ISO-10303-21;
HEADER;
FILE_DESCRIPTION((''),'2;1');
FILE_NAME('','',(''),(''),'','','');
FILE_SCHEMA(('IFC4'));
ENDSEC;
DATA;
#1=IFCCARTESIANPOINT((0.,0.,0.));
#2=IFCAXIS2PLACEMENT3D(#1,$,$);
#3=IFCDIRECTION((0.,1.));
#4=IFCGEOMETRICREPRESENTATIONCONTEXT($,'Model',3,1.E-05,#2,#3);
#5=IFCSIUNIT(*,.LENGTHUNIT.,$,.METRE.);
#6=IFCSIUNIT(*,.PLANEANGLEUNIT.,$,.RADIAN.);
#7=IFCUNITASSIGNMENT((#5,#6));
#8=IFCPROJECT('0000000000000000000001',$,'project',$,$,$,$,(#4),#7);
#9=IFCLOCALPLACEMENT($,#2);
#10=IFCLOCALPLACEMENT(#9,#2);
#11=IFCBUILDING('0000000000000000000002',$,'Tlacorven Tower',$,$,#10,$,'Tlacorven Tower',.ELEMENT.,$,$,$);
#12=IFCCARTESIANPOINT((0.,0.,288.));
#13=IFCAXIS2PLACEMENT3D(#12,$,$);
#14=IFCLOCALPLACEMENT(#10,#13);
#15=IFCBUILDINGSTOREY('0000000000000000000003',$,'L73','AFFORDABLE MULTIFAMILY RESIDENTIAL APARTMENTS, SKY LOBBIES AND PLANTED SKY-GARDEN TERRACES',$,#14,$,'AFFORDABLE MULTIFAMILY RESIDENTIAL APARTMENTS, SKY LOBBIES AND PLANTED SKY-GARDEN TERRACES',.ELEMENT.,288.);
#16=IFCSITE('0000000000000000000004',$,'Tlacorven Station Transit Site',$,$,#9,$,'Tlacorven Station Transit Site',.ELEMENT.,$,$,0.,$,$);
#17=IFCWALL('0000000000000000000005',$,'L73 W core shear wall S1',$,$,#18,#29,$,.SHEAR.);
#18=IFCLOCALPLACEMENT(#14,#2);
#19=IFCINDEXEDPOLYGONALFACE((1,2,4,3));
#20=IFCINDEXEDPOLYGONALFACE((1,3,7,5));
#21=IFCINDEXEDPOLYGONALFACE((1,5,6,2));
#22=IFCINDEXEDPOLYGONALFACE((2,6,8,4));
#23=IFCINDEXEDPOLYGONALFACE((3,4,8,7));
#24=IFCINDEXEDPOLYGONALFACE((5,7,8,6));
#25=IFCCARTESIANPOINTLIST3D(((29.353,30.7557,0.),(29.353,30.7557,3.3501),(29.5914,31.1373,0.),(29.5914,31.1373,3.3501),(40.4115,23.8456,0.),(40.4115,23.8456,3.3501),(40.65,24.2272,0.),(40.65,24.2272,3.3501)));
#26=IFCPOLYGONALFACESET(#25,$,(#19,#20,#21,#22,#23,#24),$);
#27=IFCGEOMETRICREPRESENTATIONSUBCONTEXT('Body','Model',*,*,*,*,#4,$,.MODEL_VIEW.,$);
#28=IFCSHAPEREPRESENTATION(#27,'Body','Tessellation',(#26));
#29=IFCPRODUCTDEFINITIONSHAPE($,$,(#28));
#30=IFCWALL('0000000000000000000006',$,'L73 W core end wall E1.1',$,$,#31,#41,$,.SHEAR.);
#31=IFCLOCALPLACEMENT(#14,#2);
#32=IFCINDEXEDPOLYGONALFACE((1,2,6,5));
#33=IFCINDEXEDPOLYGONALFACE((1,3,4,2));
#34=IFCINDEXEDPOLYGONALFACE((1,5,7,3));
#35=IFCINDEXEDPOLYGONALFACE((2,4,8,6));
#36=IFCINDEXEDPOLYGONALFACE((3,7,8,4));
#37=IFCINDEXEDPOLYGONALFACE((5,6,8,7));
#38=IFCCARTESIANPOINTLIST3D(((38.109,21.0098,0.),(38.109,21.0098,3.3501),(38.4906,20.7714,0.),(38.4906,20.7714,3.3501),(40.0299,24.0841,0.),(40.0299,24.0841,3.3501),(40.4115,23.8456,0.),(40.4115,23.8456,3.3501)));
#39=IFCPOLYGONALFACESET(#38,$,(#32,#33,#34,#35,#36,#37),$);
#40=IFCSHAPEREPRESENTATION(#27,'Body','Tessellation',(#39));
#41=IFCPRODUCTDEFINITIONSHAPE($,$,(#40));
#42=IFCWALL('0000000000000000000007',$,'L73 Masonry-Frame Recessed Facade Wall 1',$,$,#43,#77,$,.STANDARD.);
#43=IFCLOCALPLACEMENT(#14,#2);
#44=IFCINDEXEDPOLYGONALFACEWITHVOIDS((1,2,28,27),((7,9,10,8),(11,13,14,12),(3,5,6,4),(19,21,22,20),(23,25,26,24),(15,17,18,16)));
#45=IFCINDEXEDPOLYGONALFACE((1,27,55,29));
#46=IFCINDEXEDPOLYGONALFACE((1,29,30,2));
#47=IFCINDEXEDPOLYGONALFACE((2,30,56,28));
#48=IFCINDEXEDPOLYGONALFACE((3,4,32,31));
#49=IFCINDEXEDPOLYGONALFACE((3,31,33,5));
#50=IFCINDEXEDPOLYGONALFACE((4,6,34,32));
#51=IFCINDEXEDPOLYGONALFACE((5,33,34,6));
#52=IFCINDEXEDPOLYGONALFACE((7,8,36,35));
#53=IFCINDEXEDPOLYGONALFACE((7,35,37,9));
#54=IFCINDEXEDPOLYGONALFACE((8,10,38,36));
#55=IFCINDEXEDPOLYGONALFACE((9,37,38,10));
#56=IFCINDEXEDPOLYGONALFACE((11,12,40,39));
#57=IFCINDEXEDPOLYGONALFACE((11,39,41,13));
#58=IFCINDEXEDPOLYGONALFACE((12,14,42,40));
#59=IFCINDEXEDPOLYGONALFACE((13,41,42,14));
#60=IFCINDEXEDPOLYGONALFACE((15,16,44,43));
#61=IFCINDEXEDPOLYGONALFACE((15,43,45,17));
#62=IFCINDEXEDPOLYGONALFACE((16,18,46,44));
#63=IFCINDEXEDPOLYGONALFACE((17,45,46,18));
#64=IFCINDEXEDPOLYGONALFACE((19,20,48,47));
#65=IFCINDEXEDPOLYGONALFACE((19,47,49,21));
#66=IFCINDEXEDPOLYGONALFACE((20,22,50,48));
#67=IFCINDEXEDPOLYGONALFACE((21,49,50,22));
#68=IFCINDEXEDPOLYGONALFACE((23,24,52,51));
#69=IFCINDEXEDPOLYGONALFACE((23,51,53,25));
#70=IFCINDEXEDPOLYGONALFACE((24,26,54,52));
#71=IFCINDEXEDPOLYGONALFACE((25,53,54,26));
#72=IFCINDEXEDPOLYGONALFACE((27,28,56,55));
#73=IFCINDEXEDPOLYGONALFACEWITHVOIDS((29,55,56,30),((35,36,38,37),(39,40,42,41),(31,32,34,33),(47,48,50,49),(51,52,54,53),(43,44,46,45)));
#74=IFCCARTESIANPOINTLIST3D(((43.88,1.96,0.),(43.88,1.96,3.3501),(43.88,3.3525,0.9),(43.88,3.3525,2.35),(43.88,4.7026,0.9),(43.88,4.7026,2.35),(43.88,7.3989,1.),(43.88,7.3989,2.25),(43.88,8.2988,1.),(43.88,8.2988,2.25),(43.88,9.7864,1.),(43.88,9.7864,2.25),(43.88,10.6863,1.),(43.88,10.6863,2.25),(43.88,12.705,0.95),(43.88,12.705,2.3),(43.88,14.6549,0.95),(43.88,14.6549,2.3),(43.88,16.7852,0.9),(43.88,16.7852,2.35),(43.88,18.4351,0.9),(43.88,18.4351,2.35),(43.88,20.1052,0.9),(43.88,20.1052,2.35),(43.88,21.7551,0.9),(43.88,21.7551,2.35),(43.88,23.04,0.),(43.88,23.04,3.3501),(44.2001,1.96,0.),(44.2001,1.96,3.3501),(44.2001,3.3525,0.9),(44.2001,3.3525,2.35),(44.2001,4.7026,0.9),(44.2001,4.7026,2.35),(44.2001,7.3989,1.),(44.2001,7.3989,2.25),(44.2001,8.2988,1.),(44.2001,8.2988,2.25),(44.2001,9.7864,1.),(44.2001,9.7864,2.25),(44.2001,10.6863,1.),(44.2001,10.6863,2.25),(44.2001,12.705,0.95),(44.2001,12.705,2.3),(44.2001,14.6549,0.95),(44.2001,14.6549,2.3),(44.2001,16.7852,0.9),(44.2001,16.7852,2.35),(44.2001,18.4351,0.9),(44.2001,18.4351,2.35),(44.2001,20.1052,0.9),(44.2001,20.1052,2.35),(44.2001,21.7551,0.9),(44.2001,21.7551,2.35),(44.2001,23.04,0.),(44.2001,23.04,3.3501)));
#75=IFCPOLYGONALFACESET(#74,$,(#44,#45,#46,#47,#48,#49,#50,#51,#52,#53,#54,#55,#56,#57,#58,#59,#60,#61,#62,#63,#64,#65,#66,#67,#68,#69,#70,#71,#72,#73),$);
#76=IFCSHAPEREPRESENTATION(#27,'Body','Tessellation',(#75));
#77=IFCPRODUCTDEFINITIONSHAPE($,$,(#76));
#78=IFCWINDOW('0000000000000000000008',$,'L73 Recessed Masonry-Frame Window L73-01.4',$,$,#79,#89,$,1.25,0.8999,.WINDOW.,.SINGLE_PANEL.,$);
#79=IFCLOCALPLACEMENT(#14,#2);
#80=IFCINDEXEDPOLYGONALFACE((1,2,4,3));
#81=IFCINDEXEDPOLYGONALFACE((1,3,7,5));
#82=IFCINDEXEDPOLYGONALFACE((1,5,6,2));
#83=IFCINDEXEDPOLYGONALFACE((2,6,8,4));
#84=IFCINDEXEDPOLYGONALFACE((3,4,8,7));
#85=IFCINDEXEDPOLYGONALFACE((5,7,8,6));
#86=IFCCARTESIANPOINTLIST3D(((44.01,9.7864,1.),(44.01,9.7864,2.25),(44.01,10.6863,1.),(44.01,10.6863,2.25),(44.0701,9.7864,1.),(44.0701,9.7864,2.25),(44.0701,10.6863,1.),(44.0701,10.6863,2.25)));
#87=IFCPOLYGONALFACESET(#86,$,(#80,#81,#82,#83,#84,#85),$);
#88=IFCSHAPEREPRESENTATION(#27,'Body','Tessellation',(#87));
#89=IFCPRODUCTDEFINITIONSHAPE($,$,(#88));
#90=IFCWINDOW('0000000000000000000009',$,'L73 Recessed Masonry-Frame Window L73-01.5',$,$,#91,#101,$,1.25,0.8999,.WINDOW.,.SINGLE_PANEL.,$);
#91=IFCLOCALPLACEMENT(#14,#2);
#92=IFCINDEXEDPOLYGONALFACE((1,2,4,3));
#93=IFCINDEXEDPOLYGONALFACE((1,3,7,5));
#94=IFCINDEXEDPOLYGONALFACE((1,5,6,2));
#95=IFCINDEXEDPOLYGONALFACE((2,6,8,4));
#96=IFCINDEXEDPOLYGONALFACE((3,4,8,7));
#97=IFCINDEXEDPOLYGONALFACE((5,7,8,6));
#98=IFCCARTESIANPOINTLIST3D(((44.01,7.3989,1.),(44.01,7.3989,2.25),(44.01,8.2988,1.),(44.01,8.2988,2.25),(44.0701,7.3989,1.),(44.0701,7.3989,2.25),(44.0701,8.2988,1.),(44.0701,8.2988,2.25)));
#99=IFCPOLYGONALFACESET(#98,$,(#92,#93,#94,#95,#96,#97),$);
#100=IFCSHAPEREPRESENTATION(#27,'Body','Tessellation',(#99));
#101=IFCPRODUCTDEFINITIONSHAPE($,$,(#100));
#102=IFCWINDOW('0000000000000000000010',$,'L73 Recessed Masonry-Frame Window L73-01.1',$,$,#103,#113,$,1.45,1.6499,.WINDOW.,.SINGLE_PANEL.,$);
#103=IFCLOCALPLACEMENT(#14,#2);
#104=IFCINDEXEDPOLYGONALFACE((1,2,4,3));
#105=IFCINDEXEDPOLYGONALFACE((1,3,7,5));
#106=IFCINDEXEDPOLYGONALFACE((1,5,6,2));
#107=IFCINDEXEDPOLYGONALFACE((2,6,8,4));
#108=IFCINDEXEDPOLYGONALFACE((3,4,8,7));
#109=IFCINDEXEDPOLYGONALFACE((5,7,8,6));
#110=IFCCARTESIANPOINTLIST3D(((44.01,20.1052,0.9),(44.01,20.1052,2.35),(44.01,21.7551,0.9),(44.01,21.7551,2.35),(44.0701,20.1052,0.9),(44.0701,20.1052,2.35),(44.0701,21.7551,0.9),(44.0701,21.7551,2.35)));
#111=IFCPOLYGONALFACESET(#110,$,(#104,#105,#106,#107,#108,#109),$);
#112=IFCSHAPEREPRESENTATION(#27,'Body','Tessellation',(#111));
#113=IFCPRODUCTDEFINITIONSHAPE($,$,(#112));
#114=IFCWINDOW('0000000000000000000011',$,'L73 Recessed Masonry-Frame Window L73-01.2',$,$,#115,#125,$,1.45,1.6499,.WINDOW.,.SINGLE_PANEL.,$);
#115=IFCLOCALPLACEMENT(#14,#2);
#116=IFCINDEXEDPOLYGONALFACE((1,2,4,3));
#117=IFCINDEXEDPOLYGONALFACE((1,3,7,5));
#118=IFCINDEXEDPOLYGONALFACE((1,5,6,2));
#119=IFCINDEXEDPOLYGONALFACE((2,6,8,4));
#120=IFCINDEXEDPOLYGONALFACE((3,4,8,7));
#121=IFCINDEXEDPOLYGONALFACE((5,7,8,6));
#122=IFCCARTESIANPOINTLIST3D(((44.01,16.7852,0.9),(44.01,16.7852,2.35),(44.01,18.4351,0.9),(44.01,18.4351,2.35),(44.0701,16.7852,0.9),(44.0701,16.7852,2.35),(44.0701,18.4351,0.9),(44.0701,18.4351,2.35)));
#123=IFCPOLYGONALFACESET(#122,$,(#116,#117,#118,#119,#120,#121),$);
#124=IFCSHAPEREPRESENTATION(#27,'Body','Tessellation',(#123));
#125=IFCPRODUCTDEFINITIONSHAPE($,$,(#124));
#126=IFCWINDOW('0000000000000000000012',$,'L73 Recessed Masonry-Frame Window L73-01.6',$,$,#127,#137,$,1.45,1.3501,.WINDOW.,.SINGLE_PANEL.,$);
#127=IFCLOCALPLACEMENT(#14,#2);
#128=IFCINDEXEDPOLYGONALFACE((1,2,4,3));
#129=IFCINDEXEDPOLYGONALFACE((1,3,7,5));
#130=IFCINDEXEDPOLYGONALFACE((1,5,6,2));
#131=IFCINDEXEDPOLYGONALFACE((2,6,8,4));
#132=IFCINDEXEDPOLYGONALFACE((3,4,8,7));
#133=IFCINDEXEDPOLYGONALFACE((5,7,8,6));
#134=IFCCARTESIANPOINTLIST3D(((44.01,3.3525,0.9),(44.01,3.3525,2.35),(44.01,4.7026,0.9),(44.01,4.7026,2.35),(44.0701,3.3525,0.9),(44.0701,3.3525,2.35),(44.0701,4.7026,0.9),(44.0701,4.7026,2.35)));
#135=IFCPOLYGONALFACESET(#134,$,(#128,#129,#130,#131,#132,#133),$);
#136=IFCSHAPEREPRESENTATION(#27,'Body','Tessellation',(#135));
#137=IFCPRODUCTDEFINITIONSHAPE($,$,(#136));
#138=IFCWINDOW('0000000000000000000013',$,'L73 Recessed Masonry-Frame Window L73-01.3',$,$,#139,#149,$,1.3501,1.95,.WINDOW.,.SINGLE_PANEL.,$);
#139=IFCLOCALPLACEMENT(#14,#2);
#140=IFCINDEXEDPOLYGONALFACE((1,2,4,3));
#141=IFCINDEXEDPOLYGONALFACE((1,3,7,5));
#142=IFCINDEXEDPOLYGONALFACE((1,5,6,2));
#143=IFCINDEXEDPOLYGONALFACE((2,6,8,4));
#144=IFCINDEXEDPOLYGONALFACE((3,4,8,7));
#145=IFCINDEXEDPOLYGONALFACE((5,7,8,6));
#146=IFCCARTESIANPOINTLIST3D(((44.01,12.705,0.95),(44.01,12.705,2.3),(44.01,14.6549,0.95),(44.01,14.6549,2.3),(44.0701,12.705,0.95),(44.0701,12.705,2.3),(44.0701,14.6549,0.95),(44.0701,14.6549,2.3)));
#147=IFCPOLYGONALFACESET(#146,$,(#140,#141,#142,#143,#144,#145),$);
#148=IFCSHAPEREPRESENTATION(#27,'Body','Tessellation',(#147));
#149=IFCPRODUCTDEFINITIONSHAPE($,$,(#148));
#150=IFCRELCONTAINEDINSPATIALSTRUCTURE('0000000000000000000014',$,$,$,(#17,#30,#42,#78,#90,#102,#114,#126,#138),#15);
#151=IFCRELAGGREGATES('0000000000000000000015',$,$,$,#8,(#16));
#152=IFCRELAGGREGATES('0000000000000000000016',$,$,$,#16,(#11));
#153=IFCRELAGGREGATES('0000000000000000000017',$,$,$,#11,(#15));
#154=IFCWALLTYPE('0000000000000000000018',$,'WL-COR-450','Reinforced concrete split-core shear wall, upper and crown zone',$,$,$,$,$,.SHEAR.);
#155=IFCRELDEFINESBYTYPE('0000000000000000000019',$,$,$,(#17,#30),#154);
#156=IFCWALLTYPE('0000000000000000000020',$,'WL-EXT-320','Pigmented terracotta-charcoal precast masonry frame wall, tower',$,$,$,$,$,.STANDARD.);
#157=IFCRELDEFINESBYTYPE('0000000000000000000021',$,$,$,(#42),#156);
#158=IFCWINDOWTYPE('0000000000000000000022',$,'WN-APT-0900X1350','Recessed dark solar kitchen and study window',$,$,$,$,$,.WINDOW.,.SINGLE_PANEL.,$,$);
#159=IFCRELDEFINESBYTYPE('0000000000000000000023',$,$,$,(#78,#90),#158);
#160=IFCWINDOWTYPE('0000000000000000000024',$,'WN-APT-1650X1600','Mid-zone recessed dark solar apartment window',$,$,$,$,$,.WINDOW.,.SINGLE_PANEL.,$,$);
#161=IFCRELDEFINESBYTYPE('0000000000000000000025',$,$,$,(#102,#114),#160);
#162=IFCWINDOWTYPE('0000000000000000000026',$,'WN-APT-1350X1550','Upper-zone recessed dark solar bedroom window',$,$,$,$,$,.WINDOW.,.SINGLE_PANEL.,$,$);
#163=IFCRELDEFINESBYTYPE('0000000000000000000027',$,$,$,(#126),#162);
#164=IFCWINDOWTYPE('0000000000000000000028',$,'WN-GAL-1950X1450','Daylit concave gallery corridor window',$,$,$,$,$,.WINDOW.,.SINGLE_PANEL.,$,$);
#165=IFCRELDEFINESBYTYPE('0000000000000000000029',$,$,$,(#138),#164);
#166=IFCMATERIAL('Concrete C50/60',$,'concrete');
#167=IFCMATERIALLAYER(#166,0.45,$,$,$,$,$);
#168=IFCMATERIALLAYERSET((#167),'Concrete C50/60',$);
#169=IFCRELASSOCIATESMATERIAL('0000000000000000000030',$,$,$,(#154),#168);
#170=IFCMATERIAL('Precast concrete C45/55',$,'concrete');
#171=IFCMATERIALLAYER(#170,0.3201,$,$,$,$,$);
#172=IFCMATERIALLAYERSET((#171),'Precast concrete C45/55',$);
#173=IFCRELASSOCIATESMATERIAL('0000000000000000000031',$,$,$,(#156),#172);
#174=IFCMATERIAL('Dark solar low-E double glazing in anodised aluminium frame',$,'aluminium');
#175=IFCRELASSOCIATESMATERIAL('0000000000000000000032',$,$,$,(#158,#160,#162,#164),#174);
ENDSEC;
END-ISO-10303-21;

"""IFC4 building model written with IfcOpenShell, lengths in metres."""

from ifc_helpers import new_model, si_unit, direction, frame, frame_2d, origin, place, context, subcontext, project, spatial, rectangle, extrude, source, transform, mapped, material, layer, layer_set, type_object, element, fill, save


model = new_model("IFC4")

# Units and contexts
model_context = context("Model", 3, precision=1e-05, world=origin(), true_north=direction((0.0, 1.0)))
body_context = subcontext(model_context, "Body", "Model", "MODEL_VIEW")
ifc_project = project(units=[si_unit("LENGTHUNIT", "METRE"), si_unit("PLANEANGLEUNIT", "RADIAN")], contexts=[model_context])

# Site, building, storey
site_placement = place(None, origin())
site = spatial("IfcSite", under=ifc_project, at=site_placement, Name="Tlacorven Station Transit Site", LongName="Tlacorven Station Transit Site", CompositionType="ELEMENT", RefElevation=0.0)
building_placement = place(site_placement, origin())
building = spatial("IfcBuilding", under=site, at=building_placement, Name="Tlacorven Tower", LongName="Tlacorven Tower", CompositionType="ELEMENT")
storey_placement = place(building_placement, frame((0.0, 0.0, 288.0)))
storey = spatial("IfcBuildingStorey", under=building, at=storey_placement, Name="L73", Description="AFFORDABLE MULTIFAMILY RESIDENTIAL APARTMENTS, SKY LOBBIES AND PLANTED SKY-GARDEN TERRACES", LongName="AFFORDABLE MULTIFAMILY RESIDENTIAL APARTMENTS, SKY LOBBIES AND PLANTED SKY-GARDEN TERRACES", CompositionType="ELEMENT", Elevation=288.0)

# Walls
ifc_material_1 = material(Name="Concrete C50/60", Category="concrete")
ifc_layer_1 = layer(ifc_material_1, 0.45)
ifc_layer_set_1 = layer_set([ifc_layer_1], Name="Concrete C50/60")
wall_type_1 = type_object("IfcWallType", Name="WL-COR-450", Description="Reinforced concrete split-core shear wall, upper and crown zone", PredefinedType="SHEAR", material=ifc_layer_set_1)
wall_1_placement = place(storey_placement, frame((40.5308, 24.0364, 0.0), z_axis=(0.0, 0.0, 1.0), x_axis=(-0.848049, 0.529918, 0.0)))
element("IfcWall", 1, at=wall_1_placement, inside=storey, type_object=wall_type_1, Name="L73 W core shear wall S1", PredefinedType="SHEAR", context=body_context, shape_type="SweptSolid", body=[
    extrude(rectangle(XDim=13.04, YDim=0.45, at=frame_2d((6.52, 0.0))), origin(), (0.0, 0.0, 1.0), 3.3501),
])
wall_2_placement = place(storey_placement, frame((40.2207, 23.9648, 0.0), z_axis=(0.0, 0.0, 1.0), x_axis=(-0.529902, -0.848059, 0.0)))
element("IfcWall", 2, at=wall_2_placement, inside=storey, type_object=wall_type_1, Name="L73 W core end wall E1.1", PredefinedType="SHEAR", context=body_context, shape_type="SweptSolid", body=[
    extrude(rectangle(XDim=3.625, YDim=0.45, at=frame_2d((1.8125, 0.0))), origin(), (0.0, 0.0, 1.0), 3.3501),
])

# Wall, openings, windows
ifc_material_2 = material(Name="Precast concrete C45/55", Category="concrete")
ifc_layer_2 = layer(ifc_material_2, 0.3201)
ifc_layer_set_2 = layer_set([ifc_layer_2], Name="Precast concrete C45/55")
wall_type_2 = type_object("IfcWallType", Name="WL-EXT-320", Description="Pigmented terracotta-charcoal precast masonry frame wall, tower", PredefinedType="STANDARD", material=ifc_layer_set_2)
wall_3_placement = place(storey_placement, frame((44.04, 23.04, 0.0), z_axis=(0.0, 0.0, 1.0), x_axis=(0.0, -1.0, 0.0)))
wall_3 = element("IfcWall", 3, at=wall_3_placement, inside=storey, type_object=wall_type_2, Name="L73 Masonry-Frame Recessed Facade Wall 1", PredefinedType="STANDARD", context=body_context, shape_type="SweptSolid", body=[
    extrude(rectangle(XDim=21.0801, YDim=0.3201, at=frame_2d((10.54, 0.0))), origin(), (0.0, 0.0, 1.0), 3.3501),
])
opening_1_placement = place(wall_3_placement, frame((1.2849, 0.0, 0.8999)))
opening_1 = element("IfcOpeningElement", 4, at=opening_1_placement, cuts=wall_3, PredefinedType="OPENING", context=body_context, shape_type="SweptSolid", body=[
    extrude(rectangle(XDim=1.6499, YDim=1.45, at=frame_2d((0.825, 0.7251))), frame((0.0, 0.1699, 0.0), z_axis=(0.0, -1.0, 0.0), x_axis=(1.0, 0.0, 0.0)), (0.0, 0.0, 1.0), 0.3401),
])
opening_2_placement = place(wall_3_placement, frame((4.605, 0.0, 0.8999)))
opening_2 = element("IfcOpeningElement", 5, at=opening_2_placement, cuts=wall_3, PredefinedType="OPENING", context=body_context, shape_type="SweptSolid", body=[
    extrude(rectangle(XDim=1.6499, YDim=1.45, at=frame_2d((0.825, 0.7251))), frame((0.0, 0.1699, 0.0), z_axis=(0.0, -1.0, 0.0), x_axis=(1.0, 0.0, 0.0)), (0.0, 0.0, 1.0), 0.3401),
])
opening_3_placement = place(wall_3_placement, frame((8.385, 0.0, 0.95)))
opening_3 = element("IfcOpeningElement", 6, at=opening_3_placement, cuts=wall_3, PredefinedType="OPENING", context=body_context, shape_type="SweptSolid", body=[
    extrude(rectangle(XDim=1.95, YDim=1.3501, at=frame_2d((0.9751, 0.675))), frame((0.0, 0.1699, 0.0), z_axis=(0.0, -1.0, 0.0), x_axis=(1.0, 0.0, 0.0)), (0.0, 0.0, 1.0), 0.3401),
])
opening_4_placement = place(wall_3_placement, frame((12.3538, 0.0, 1.0)))
opening_4 = element("IfcOpeningElement", 7, at=opening_4_placement, cuts=wall_3, PredefinedType="OPENING", context=body_context, shape_type="SweptSolid", body=[
    extrude(rectangle(XDim=0.8999, YDim=1.25, at=frame_2d((0.45, 0.625))), frame((0.0, 0.1699, 0.0), z_axis=(0.0, -1.0, 0.0), x_axis=(1.0, 0.0, 0.0)), (0.0, 0.0, 1.0), 0.3401),
])
opening_5_placement = place(wall_3_placement, frame((14.7412, 0.0, 1.0)))
opening_5 = element("IfcOpeningElement", 8, at=opening_5_placement, cuts=wall_3, PredefinedType="OPENING", context=body_context, shape_type="SweptSolid", body=[
    extrude(rectangle(XDim=0.8999, YDim=1.25, at=frame_2d((0.45, 0.625))), frame((0.0, 0.1699, 0.0), z_axis=(0.0, -1.0, 0.0), x_axis=(1.0, 0.0, 0.0)), (0.0, 0.0, 1.0), 0.3401),
])
opening_6_placement = place(wall_3_placement, frame((18.3374, 0.0, 0.8999)))
opening_6 = element("IfcOpeningElement", 9, at=opening_6_placement, cuts=wall_3, PredefinedType="OPENING", context=body_context, shape_type="SweptSolid", body=[
    extrude(rectangle(XDim=1.3501, YDim=1.45, at=frame_2d((0.675, 0.7251))), frame((0.0, 0.1699, 0.0), z_axis=(0.0, -1.0, 0.0), x_axis=(1.0, 0.0, 0.0)), (0.0, 0.0, 1.0), 0.3401),
])
ifc_material_3 = material(Name="Dark solar low-E double glazing in anodised aluminium frame", Category="aluminium")
window_type_1 = type_object("IfcWindowType", Name="WN-APT-0900X1350", Description="Recessed dark solar kitchen and study window", PartitioningType="SINGLE_PANEL", PredefinedType="WINDOW", material=ifc_material_3)
shared_shape_1 = source(origin(), body_context, "Body", "SweptSolid", [
    extrude(rectangle(XDim=0.8999, YDim=1.25, at=frame_2d((0.45, 0.625))), frame((0.0, 0.03, 0.0), z_axis=(0.0, -1.0, 0.0), x_axis=(1.0, 0.0, 0.0)), (0.0, 0.0, 1.0), 0.0601),
])
window_1_placement = place(opening_4_placement, origin())
window_1 = element("IfcWindow", 10, at=window_1_placement, inside=storey, type_object=window_type_1, Name="L73 Recessed Masonry-Frame Window L73-01.4", OverallHeight=1.25, OverallWidth=0.8999, PartitioningType="SINGLE_PANEL", PredefinedType="WINDOW", context=body_context, shape_type="MappedRepresentation", body=[
    mapped(shared_shape_1, transform((0.0, 0.0, 0.0), scale=1.0)),
])
fill(opening_4, window_1)
window_2_placement = place(opening_5_placement, origin())
window_2 = element("IfcWindow", 11, at=window_2_placement, inside=storey, type_object=window_type_1, Name="L73 Recessed Masonry-Frame Window L73-01.5", OverallHeight=1.25, OverallWidth=0.8999, PartitioningType="SINGLE_PANEL", PredefinedType="WINDOW", context=body_context, shape_type="MappedRepresentation", body=[
    mapped(shared_shape_1, transform((0.0, 0.0, 0.0), scale=1.0)),
])
fill(opening_5, window_2)
window_type_2 = type_object("IfcWindowType", Name="WN-APT-1650X1600", Description="Mid-zone recessed dark solar apartment window", PartitioningType="SINGLE_PANEL", PredefinedType="WINDOW", material=ifc_material_3)
shared_shape_2 = source(origin(), body_context, "Body", "SweptSolid", [
    extrude(rectangle(XDim=1.6499, YDim=1.45, at=frame_2d((0.825, 0.7251))), frame((0.0, 0.03, 0.0), z_axis=(0.0, -1.0, 0.0), x_axis=(1.0, 0.0, 0.0)), (0.0, 0.0, 1.0), 0.0601),
])
window_3_placement = place(opening_1_placement, origin())
window_3 = element("IfcWindow", 12, at=window_3_placement, inside=storey, type_object=window_type_2, Name="L73 Recessed Masonry-Frame Window L73-01.1", OverallHeight=1.45, OverallWidth=1.6499, PartitioningType="SINGLE_PANEL", PredefinedType="WINDOW", context=body_context, shape_type="MappedRepresentation", body=[
    mapped(shared_shape_2, transform((0.0, 0.0, 0.0), scale=1.0)),
])
fill(opening_1, window_3)
window_4_placement = place(opening_2_placement, origin())
window_4 = element("IfcWindow", 13, at=window_4_placement, inside=storey, type_object=window_type_2, Name="L73 Recessed Masonry-Frame Window L73-01.2", OverallHeight=1.45, OverallWidth=1.6499, PartitioningType="SINGLE_PANEL", PredefinedType="WINDOW", context=body_context, shape_type="MappedRepresentation", body=[
    mapped(shared_shape_2, transform((0.0, 0.0, 0.0), scale=1.0)),
])
fill(opening_2, window_4)
window_type_3 = type_object("IfcWindowType", Name="WN-APT-1350X1550", Description="Upper-zone recessed dark solar bedroom window", PartitioningType="SINGLE_PANEL", PredefinedType="WINDOW", material=ifc_material_3)
shared_shape_3 = source(origin(), body_context, "Body", "SweptSolid", [
    extrude(rectangle(XDim=1.3501, YDim=1.45, at=frame_2d((0.675, 0.7251))), frame((0.0, 0.03, 0.0), z_axis=(0.0, -1.0, 0.0), x_axis=(1.0, 0.0, 0.0)), (0.0, 0.0, 1.0), 0.0601),
])
window_5_placement = place(opening_6_placement, origin())
window_5 = element("IfcWindow", 14, at=window_5_placement, inside=storey, type_object=window_type_3, Name="L73 Recessed Masonry-Frame Window L73-01.6", OverallHeight=1.45, OverallWidth=1.3501, PartitioningType="SINGLE_PANEL", PredefinedType="WINDOW", context=body_context, shape_type="MappedRepresentation", body=[
    mapped(shared_shape_3, transform((0.0, 0.0, 0.0), scale=1.0)),
])
fill(opening_6, window_5)
window_type_4 = type_object("IfcWindowType", Name="WN-GAL-1950X1450", Description="Daylit concave gallery corridor window", PartitioningType="SINGLE_PANEL", PredefinedType="WINDOW", material=ifc_material_3)
shared_shape_4 = source(origin(), body_context, "Body", "SweptSolid", [
    extrude(rectangle(XDim=1.95, YDim=1.3501, at=frame_2d((0.9751, 0.675))), frame((0.0, 0.03, 0.0), z_axis=(0.0, -1.0, 0.0), x_axis=(1.0, 0.0, 0.0)), (0.0, 0.0, 1.0), 0.0601),
])
window_6_placement = place(opening_3_placement, origin())
window_6 = element("IfcWindow", 15, at=window_6_placement, inside=storey, type_object=window_type_4, Name="L73 Recessed Masonry-Frame Window L73-01.3", OverallHeight=1.3501, OverallWidth=1.95, PartitioningType="SINGLE_PANEL", PredefinedType="WINDOW", context=body_context, shape_type="MappedRepresentation", body=[
    mapped(shared_shape_4, transform((0.0, 0.0, 0.0), scale=1.0)),
])
fill(opening_3, window_6)

save(model, "model.ifc")
